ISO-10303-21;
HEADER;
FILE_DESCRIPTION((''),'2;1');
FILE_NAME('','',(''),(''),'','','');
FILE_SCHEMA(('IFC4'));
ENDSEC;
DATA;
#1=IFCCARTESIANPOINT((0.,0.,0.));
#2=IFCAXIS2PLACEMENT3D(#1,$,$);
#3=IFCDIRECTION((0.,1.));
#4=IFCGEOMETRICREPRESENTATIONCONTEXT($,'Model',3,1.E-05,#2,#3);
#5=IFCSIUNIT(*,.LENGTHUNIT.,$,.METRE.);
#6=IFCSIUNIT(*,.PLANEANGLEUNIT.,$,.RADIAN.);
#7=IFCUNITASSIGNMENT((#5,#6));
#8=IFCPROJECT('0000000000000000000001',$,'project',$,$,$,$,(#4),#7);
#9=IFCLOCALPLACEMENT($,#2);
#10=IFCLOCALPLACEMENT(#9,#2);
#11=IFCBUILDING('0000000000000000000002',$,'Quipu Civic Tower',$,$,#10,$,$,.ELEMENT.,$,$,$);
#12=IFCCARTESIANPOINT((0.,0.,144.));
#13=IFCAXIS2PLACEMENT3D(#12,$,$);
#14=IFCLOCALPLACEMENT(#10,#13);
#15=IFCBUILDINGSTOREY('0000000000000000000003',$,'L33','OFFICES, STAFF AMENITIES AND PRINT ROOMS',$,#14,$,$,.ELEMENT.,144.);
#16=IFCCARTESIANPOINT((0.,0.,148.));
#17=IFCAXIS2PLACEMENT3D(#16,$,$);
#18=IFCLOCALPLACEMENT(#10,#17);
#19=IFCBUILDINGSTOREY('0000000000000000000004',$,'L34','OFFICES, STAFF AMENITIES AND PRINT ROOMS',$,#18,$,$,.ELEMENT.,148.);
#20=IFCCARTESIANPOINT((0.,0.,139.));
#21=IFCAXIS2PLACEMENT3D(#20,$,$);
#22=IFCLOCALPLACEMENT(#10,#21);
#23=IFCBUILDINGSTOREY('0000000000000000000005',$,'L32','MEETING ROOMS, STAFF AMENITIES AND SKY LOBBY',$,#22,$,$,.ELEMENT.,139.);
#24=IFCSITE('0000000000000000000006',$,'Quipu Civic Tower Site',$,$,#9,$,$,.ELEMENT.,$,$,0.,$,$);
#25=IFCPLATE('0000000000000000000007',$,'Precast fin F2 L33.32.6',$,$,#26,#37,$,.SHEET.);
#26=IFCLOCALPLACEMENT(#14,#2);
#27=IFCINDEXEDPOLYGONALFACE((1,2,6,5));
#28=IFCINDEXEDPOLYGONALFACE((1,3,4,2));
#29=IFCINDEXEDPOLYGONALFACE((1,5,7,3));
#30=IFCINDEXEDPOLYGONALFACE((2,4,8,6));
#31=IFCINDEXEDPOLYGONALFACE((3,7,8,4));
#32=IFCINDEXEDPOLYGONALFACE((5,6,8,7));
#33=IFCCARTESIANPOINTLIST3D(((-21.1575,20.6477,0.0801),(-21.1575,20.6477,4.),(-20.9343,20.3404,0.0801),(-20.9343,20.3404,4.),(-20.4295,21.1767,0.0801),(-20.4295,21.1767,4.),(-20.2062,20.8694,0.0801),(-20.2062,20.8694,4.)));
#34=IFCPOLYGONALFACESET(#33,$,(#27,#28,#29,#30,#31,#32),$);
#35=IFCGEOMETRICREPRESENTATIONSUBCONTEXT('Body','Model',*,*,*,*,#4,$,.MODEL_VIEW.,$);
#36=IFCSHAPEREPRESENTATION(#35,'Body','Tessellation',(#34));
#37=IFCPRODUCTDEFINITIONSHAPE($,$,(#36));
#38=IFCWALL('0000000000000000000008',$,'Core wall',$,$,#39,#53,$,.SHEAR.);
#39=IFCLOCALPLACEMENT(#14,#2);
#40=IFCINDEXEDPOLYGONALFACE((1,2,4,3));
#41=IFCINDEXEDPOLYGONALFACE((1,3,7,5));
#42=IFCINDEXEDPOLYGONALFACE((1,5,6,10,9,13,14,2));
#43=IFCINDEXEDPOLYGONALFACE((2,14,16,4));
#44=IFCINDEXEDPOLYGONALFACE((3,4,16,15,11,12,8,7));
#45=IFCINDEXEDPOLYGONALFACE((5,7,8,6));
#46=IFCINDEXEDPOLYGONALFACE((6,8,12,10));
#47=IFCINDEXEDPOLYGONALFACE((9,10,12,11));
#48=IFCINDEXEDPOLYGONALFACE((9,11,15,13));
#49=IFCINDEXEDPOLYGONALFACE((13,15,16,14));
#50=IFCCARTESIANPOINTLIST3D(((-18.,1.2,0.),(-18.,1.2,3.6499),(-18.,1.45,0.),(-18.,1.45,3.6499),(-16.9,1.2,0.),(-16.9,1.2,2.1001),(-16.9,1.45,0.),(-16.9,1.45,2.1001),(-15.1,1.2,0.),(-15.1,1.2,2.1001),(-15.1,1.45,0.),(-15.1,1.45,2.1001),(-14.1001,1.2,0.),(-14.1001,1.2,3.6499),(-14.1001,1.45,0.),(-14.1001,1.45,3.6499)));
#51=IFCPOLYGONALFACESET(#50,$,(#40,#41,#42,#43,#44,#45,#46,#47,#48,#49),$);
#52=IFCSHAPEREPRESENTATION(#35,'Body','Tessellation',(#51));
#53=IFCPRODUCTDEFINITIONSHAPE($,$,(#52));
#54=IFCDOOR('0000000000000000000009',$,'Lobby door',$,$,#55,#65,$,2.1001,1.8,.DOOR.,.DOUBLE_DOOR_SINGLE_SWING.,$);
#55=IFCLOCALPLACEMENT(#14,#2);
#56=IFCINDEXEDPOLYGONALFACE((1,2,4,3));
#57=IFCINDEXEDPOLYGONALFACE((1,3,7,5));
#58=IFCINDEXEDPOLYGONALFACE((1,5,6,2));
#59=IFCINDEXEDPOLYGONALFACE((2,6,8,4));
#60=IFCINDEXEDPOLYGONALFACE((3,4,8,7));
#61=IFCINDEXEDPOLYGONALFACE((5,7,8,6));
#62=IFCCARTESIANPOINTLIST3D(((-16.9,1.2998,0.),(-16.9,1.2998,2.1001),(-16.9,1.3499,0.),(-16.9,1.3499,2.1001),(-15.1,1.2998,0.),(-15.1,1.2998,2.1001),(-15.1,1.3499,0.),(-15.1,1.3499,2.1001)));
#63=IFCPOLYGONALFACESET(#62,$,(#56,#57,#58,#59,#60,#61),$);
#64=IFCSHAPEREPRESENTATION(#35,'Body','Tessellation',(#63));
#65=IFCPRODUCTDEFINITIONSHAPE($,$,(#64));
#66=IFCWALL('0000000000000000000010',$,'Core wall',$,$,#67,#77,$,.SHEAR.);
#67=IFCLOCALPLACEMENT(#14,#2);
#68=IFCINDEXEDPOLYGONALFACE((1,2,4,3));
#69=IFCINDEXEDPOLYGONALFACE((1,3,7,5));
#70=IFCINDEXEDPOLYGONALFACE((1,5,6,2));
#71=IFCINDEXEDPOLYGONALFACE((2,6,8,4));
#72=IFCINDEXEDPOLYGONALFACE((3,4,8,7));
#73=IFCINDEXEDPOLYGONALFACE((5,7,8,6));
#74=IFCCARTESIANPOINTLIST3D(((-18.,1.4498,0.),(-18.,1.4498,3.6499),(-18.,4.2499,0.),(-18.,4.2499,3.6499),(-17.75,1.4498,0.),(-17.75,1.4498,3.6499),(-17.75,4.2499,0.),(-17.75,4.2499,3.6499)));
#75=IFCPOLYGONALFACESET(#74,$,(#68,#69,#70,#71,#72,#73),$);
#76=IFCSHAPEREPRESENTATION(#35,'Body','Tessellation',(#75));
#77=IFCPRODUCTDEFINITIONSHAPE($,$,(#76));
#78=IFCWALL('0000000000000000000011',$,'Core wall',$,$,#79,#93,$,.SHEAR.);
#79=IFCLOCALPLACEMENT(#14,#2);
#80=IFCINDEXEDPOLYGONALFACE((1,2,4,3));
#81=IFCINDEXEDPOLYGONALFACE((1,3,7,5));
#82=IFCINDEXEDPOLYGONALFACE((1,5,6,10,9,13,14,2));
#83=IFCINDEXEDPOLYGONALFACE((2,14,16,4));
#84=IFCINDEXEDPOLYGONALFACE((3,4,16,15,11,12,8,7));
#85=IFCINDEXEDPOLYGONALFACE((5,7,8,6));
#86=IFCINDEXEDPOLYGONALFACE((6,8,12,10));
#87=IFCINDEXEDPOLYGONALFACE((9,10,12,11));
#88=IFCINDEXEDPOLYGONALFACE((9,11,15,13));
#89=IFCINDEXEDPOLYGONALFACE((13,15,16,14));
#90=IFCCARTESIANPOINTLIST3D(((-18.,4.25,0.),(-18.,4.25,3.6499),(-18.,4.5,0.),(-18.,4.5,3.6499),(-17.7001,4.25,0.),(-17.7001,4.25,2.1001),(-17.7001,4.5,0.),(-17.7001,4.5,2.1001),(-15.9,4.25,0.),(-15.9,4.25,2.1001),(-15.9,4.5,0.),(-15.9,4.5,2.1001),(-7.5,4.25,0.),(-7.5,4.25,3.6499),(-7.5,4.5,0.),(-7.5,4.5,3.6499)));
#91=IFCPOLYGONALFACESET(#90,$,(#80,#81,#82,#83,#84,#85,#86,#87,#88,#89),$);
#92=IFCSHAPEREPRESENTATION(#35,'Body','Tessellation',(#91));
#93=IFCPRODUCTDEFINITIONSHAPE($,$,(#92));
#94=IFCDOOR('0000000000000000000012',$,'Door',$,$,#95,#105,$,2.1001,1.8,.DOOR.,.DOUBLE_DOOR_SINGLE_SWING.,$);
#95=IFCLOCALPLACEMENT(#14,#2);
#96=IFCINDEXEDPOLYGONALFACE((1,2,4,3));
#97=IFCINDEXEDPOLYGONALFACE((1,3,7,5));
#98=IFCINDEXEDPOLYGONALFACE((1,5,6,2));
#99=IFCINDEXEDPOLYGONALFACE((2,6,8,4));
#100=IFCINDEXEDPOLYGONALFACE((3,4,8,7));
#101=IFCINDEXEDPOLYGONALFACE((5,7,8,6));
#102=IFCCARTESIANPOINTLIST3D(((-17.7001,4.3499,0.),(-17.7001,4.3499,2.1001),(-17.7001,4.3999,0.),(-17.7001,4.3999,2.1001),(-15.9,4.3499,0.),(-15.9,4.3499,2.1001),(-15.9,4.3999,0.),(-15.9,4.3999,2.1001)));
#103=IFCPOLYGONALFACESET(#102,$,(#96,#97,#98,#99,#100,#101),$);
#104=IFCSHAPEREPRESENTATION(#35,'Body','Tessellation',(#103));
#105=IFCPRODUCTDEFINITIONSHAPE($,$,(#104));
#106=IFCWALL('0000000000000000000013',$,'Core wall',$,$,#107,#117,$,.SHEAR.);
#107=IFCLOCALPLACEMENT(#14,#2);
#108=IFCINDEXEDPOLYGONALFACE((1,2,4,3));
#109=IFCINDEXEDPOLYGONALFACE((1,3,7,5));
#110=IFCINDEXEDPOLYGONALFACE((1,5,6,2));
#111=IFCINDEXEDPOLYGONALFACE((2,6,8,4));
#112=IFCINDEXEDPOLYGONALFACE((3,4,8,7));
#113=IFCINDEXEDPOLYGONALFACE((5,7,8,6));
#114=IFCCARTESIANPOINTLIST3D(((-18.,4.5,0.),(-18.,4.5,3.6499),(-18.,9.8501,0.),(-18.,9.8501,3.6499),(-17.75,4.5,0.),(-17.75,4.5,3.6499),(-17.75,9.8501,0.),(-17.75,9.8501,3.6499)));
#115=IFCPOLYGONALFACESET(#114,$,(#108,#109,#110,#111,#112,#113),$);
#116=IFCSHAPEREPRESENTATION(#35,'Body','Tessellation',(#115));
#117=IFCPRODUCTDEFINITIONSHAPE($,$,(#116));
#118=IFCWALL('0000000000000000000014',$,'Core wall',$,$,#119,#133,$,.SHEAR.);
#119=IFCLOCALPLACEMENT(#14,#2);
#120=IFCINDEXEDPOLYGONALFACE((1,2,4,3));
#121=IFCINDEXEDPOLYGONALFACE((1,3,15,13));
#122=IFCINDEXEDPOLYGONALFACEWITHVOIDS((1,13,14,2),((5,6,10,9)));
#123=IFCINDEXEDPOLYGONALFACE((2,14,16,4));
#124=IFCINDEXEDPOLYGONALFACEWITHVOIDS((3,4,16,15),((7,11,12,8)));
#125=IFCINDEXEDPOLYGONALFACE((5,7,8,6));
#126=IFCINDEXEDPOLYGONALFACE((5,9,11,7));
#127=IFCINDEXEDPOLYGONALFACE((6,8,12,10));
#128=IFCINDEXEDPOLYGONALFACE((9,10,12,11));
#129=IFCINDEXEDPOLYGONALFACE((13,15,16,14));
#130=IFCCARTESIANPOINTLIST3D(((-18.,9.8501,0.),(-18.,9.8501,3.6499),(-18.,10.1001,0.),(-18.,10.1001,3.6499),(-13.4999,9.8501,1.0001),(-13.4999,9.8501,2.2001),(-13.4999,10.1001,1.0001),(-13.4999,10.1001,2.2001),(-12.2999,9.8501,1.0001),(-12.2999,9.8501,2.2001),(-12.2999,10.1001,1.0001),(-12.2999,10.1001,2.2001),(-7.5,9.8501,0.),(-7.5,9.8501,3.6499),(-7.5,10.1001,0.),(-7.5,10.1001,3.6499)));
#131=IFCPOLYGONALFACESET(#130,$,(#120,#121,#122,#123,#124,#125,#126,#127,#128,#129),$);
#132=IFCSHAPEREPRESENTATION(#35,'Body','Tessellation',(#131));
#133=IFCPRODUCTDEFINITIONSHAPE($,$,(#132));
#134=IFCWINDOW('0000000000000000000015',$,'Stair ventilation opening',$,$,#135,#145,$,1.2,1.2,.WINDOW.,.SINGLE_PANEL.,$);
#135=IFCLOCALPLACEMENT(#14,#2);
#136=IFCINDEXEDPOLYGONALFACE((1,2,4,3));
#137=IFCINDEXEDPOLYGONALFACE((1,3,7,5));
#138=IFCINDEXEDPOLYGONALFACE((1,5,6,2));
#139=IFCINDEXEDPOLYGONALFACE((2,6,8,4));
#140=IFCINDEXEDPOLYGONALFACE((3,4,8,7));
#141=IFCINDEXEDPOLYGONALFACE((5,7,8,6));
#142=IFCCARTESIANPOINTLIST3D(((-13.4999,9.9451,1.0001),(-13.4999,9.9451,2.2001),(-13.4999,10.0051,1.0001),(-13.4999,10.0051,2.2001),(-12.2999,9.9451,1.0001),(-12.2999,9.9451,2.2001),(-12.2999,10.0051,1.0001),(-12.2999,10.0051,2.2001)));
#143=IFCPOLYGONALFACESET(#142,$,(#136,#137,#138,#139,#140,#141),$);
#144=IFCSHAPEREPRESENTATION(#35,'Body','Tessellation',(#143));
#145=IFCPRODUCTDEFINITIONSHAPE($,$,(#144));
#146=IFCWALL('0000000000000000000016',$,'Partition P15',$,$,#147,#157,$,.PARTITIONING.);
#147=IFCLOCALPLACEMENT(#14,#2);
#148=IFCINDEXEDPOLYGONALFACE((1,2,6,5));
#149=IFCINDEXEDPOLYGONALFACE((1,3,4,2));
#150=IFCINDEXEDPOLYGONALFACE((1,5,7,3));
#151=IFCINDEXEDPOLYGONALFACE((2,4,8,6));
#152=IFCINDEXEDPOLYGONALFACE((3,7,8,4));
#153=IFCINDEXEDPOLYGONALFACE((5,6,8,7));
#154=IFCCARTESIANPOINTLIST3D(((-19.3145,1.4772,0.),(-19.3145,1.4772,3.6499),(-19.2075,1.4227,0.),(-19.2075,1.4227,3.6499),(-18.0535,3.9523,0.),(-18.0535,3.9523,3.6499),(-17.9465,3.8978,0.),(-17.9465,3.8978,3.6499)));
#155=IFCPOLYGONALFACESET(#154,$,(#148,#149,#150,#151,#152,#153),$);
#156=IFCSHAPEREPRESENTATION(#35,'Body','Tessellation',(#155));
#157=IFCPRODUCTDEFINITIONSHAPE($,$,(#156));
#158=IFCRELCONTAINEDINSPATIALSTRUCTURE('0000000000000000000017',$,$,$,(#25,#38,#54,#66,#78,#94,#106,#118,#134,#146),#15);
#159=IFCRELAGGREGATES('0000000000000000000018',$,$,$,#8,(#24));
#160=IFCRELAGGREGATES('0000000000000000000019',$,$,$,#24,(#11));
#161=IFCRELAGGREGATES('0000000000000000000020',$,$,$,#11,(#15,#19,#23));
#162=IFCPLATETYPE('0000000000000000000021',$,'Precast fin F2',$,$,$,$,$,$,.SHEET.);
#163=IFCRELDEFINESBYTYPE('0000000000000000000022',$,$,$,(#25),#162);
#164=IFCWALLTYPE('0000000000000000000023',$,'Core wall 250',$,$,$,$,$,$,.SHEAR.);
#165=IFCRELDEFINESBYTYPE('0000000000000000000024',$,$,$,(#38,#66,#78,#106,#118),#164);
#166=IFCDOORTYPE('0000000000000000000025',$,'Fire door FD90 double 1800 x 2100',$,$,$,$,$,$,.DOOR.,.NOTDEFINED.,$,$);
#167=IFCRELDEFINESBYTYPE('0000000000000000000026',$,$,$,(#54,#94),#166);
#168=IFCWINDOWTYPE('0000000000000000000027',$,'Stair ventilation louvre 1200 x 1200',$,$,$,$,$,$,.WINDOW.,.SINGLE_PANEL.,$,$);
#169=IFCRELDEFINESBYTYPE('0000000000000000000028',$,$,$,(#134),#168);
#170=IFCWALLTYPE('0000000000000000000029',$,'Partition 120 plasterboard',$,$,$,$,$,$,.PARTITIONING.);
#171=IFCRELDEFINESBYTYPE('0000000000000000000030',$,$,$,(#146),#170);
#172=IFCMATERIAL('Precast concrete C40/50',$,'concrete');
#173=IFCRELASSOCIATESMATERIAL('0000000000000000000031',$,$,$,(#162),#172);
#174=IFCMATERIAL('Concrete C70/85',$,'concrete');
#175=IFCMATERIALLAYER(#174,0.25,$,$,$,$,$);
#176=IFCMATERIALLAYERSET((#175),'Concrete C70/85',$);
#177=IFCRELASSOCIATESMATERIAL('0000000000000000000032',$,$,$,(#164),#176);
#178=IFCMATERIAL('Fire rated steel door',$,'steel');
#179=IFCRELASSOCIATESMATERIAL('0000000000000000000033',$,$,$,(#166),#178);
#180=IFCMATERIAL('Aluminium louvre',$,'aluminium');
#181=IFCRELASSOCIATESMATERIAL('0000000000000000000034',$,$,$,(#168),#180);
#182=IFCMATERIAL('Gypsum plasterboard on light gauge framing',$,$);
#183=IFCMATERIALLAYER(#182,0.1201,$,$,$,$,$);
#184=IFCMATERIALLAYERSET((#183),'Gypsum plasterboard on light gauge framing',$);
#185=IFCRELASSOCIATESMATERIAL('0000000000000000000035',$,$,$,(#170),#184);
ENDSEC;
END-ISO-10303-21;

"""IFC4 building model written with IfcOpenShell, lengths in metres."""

from ifc_helpers import new_model, si_unit, direction, frame, frame_2d, origin, origin_2d, place, context, subcontext, project, spatial, rectangle, extrude, material, layer, layer_set, type_object, element, fill, save


model = new_model("IFC4")

# Units and contexts
model_context = context("Model", 3, precision=1e-05, world=origin(), true_north=direction((0.0, 1.0)))
body_context = subcontext(model_context, "Body", "Model", "MODEL_VIEW")
ifc_project = project(units=[si_unit("LENGTHUNIT", "METRE"), si_unit("PLANEANGLEUNIT", "RADIAN")], contexts=[model_context])

# Site, building, storey
site_placement = place(None, origin())
site = spatial("IfcSite", under=ifc_project, at=site_placement, Name="Quipu Civic Tower Site", CompositionType="ELEMENT", RefElevation=0.0)
building_placement = place(site_placement, origin())
building = spatial("IfcBuilding", under=site, at=building_placement, Name="Quipu Civic Tower", CompositionType="ELEMENT")
storey_1_placement = place(building_placement, frame((0.0, 0.0, 144.0)))
storey_1 = spatial("IfcBuildingStorey", under=building, at=storey_1_placement, Name="L33", Description="OFFICES, STAFF AMENITIES AND PRINT ROOMS", CompositionType="ELEMENT", Elevation=144.0)

# Shared definitions
storey_2_placement = place(building_placement, frame((0.0, 0.0, 148.0)))
storey_2 = spatial("IfcBuildingStorey", under=building, at=storey_2_placement, Name="L34", Description="OFFICES, STAFF AMENITIES AND PRINT ROOMS", CompositionType="ELEMENT", Elevation=148.0)

# Shared definitions
storey_3_placement = place(building_placement, frame((0.0, 0.0, 139.0)))
storey_3 = spatial("IfcBuildingStorey", under=building, at=storey_3_placement, Name="L32", Description="MEETING ROOMS, STAFF AMENITIES AND SKY LOBBY", CompositionType="ELEMENT", Elevation=139.0)

# Plate
ifc_material_1 = material(Name="Precast concrete C40/50", Category="concrete")
plate_type_1 = type_object("IfcPlateType", Name="Precast fin F2", PredefinedType="SHEET", material=ifc_material_1)
for number, where, z_axis, x_axis, name in (
    (1, (-20.6819, 20.7585, 0.0801), (0.0, 0.0, 1.0), (-0.587787, 0.809016, 0.0), "Precast fin F2 L33.32.6"),
):
    element("IfcPlate", number, at=place(storey_1_placement, frame(where, z_axis=z_axis, x_axis=x_axis)), inside=storey_1, type_object=plate_type_1, Name=name, PredefinedType="SHEET", context=body_context, shape_type="SweptSolid", body=[
        extrude(rectangle(XDim=0.3799, YDim=0.8999, at=origin_2d()), origin(), (0.0, 0.0, 1.0), 3.9199),
    ])

# Wall, opening, door
ifc_material_2 = material(Name="Concrete C70/85", Category="concrete")
ifc_layer_1 = layer(ifc_material_2, 0.25)
ifc_layer_set_1 = layer_set([ifc_layer_1], Name="Concrete C70/85")
wall_type_1 = type_object("IfcWallType", Name="Core wall 250", PredefinedType="SHEAR", material=ifc_layer_set_1)
wall_1_placement = place(storey_1_placement, frame((-18.0, 1.325, 0.0), z_axis=(0.0, 0.0, 1.0), x_axis=(1.0, 0.0, 0.0)))
wall_1 = element("IfcWall", 2, at=wall_1_placement, inside=storey_1, type_object=wall_type_1, Name="Core wall", PredefinedType="SHEAR", context=body_context, shape_type="SweptSolid", body=[
    extrude(rectangle(XDim=3.8999, YDim=0.25, at=frame_2d((1.95, 0.0))), origin(), (0.0, 0.0, 1.0), 3.6499),
])
opening_1_placement = place(wall_1_placement, frame((1.1001, 0.0, 0.0)))
opening_1 = element("IfcOpeningElement", 3, at=opening_1_placement, cuts=wall_1, PredefinedType="OPENING", context=body_context, shape_type="SweptSolid", body=[
    extrude(rectangle(XDim=1.8, YDim=2.1001, at=frame_2d((0.8999, 1.05))), frame((0.0, 0.135, 0.0), z_axis=(0.0, -1.0, 0.0), x_axis=(1.0, 0.0, 0.0)), (0.0, 0.0, 1.0), 0.27),
])
ifc_material_3 = material(Name="Fire rated steel door", Category="steel")
door_type = type_object("IfcDoorType", Name="Fire door FD90 double 1800 x 2100", OperationType="NOTDEFINED", PredefinedType="DOOR", material=ifc_material_3)
door_1_placement = place(opening_1_placement, origin())
door_1 = element("IfcDoor", 4, at=door_1_placement, inside=storey_1, type_object=door_type, Name="Lobby door", OperationType="DOUBLE_DOOR_SINGLE_SWING", OverallHeight=2.1001, OverallWidth=1.8, PredefinedType="DOOR", context=body_context, shape_type="SweptSolid", body=[
    extrude(rectangle(XDim=1.8, YDim=2.1001, at=frame_2d((0.8999, 1.05))), frame((0.0, 0.0249, 0.0), z_axis=(0.0, -1.0, 0.0), x_axis=(1.0, 0.0, 0.0)), (0.0, 0.0, 1.0), 0.05),
])
fill(opening_1, door_1)

# Wall
wall_2_placement = place(storey_1_placement, frame((-17.875, 1.45, 0.0), z_axis=(0.0, 0.0, 1.0), x_axis=(0.0, 1.0, 0.0)))
element("IfcWall", 5, at=wall_2_placement, inside=storey_1, type_object=wall_type_1, Name="Core wall", PredefinedType="SHEAR", context=body_context, shape_type="SweptSolid", body=[
    extrude(rectangle(XDim=2.8, YDim=0.25, at=frame_2d((1.3999, 0.0))), origin(), (0.0, 0.0, 1.0), 3.6499),
])

# Wall, opening, door
wall_3_placement = place(storey_1_placement, frame((-18.0, 4.375, 0.0), z_axis=(0.0, 0.0, 1.0), x_axis=(1.0, 0.0, 0.0)))
wall_3 = element("IfcWall", 6, at=wall_3_placement, inside=storey_1, type_object=wall_type_1, Name="Core wall", PredefinedType="SHEAR", context=body_context, shape_type="SweptSolid", body=[
    extrude(rectangle(XDim=10.5, YDim=0.25, at=frame_2d((5.25, 0.0))), origin(), (0.0, 0.0, 1.0), 3.6499),
])
opening_2_placement = place(wall_3_placement, frame((0.3, 0.0, 0.0)))
opening_2 = element("IfcOpeningElement", 7, at=opening_2_placement, cuts=wall_3, PredefinedType="OPENING", context=body_context, shape_type="SweptSolid", body=[
    extrude(rectangle(XDim=1.8, YDim=2.1001, at=frame_2d((0.8999, 1.05))), frame((0.0, 0.135, 0.0), z_axis=(0.0, -1.0, 0.0), x_axis=(1.0, 0.0, 0.0)), (0.0, 0.0, 1.0), 0.27),
])
door_2_placement = place(opening_2_placement, origin())
door_2 = element("IfcDoor", 8, at=door_2_placement, inside=storey_1, type_object=door_type, Name="Door", OperationType="DOUBLE_DOOR_SINGLE_SWING", OverallHeight=2.1001, OverallWidth=1.8, PredefinedType="DOOR", context=body_context, shape_type="SweptSolid", body=[
    extrude(rectangle(XDim=1.8, YDim=2.1001, at=frame_2d((0.8999, 1.05))), frame((0.0, 0.0249, 0.0), z_axis=(0.0, -1.0, 0.0), x_axis=(1.0, 0.0, 0.0)), (0.0, 0.0, 1.0), 0.05),
])
fill(opening_2, door_2)

# Wall
wall_4_placement = place(storey_1_placement, frame((-17.875, 4.5, 0.0), z_axis=(0.0, 0.0, 1.0), x_axis=(0.0, 1.0, 0.0)))
element("IfcWall", 9, at=wall_4_placement, inside=storey_1, type_object=wall_type_1, Name="Core wall", PredefinedType="SHEAR", context=body_context, shape_type="SweptSolid", body=[
    extrude(rectangle(XDim=5.3501, YDim=0.25, at=frame_2d((2.675, 0.0))), origin(), (0.0, 0.0, 1.0), 3.6499),
])

# Wall, opening, window
wall_5_placement = place(storey_1_placement, frame((-18.0, 9.9751, 0.0), z_axis=(0.0, 0.0, 1.0), x_axis=(1.0, 0.0, 0.0)))
wall_5 = element("IfcWall", 10, at=wall_5_placement, inside=storey_1, type_object=wall_type_1, Name="Core wall", PredefinedType="SHEAR", context=body_context, shape_type="SweptSolid", body=[
    extrude(rectangle(XDim=10.5, YDim=0.25, at=frame_2d((5.25, 0.0))), origin(), (0.0, 0.0, 1.0), 3.6499),
])
opening_3_placement = place(wall_5_placement, frame((4.5, 0.0, 1.0)))
opening_3 = element("IfcOpeningElement", 11, at=opening_3_placement, cuts=wall_5, PredefinedType="OPENING", context=body_context, shape_type="SweptSolid", body=[
    extrude(rectangle(XDim=1.2, YDim=1.2, at=frame_2d((0.6001, 0.6001))), frame((0.0, 0.135, 0.0), z_axis=(0.0, -1.0, 0.0), x_axis=(1.0, 0.0, 0.0)), (0.0, 0.0, 1.0), 0.27),
])
ifc_material_4 = material(Name="Aluminium louvre", Category="aluminium")
window_type = type_object("IfcWindowType", Name="Stair ventilation louvre 1200 x 1200", PartitioningType="SINGLE_PANEL", PredefinedType="WINDOW", material=ifc_material_4)
window_placement = place(opening_3_placement, origin())
window = element("IfcWindow", 12, at=window_placement, inside=storey_1, type_object=window_type, Name="Stair ventilation opening", OverallHeight=1.2, OverallWidth=1.2, PartitioningType="SINGLE_PANEL", PredefinedType="WINDOW", context=body_context, shape_type="SweptSolid", body=[
    extrude(rectangle(XDim=1.2, YDim=1.2, at=frame_2d((0.6001, 0.6001))), frame((0.0, 0.03, 0.0), z_axis=(0.0, -1.0, 0.0), x_axis=(1.0, 0.0, 0.0)), (0.0, 0.0, 1.0), 0.0601),
])
fill(opening_3, window)

# Wall
ifc_material_5 = material(Name="Gypsum plasterboard on light gauge framing")
ifc_layer_2 = layer(ifc_material_5, 0.1201)
ifc_layer_set_2 = layer_set([ifc_layer_2], Name="Gypsum plasterboard on light gauge framing")
wall_type_2 = type_object("IfcWallType", Name="Partition 120 plasterboard", PredefinedType="PARTITIONING", material=ifc_layer_set_2)
wall_6_placement = place(storey_1_placement, frame((-19.261, 1.45, 0.0), z_axis=(0.0, 0.0, 1.0), x_axis=(0.453951, 0.891027, 0.0)))
element("IfcWall", 13, at=wall_6_placement, inside=storey_1, type_object=wall_type_2, Name="Partition P15", PredefinedType="PARTITIONING", context=body_context, shape_type="SweptSolid", body=[
    extrude(rectangle(XDim=2.7778, YDim=0.1201, at=frame_2d((1.3889, 0.0))), origin(), (0.0, 0.0, 1.0), 3.6499),
])

save(model, "model.ifc")
